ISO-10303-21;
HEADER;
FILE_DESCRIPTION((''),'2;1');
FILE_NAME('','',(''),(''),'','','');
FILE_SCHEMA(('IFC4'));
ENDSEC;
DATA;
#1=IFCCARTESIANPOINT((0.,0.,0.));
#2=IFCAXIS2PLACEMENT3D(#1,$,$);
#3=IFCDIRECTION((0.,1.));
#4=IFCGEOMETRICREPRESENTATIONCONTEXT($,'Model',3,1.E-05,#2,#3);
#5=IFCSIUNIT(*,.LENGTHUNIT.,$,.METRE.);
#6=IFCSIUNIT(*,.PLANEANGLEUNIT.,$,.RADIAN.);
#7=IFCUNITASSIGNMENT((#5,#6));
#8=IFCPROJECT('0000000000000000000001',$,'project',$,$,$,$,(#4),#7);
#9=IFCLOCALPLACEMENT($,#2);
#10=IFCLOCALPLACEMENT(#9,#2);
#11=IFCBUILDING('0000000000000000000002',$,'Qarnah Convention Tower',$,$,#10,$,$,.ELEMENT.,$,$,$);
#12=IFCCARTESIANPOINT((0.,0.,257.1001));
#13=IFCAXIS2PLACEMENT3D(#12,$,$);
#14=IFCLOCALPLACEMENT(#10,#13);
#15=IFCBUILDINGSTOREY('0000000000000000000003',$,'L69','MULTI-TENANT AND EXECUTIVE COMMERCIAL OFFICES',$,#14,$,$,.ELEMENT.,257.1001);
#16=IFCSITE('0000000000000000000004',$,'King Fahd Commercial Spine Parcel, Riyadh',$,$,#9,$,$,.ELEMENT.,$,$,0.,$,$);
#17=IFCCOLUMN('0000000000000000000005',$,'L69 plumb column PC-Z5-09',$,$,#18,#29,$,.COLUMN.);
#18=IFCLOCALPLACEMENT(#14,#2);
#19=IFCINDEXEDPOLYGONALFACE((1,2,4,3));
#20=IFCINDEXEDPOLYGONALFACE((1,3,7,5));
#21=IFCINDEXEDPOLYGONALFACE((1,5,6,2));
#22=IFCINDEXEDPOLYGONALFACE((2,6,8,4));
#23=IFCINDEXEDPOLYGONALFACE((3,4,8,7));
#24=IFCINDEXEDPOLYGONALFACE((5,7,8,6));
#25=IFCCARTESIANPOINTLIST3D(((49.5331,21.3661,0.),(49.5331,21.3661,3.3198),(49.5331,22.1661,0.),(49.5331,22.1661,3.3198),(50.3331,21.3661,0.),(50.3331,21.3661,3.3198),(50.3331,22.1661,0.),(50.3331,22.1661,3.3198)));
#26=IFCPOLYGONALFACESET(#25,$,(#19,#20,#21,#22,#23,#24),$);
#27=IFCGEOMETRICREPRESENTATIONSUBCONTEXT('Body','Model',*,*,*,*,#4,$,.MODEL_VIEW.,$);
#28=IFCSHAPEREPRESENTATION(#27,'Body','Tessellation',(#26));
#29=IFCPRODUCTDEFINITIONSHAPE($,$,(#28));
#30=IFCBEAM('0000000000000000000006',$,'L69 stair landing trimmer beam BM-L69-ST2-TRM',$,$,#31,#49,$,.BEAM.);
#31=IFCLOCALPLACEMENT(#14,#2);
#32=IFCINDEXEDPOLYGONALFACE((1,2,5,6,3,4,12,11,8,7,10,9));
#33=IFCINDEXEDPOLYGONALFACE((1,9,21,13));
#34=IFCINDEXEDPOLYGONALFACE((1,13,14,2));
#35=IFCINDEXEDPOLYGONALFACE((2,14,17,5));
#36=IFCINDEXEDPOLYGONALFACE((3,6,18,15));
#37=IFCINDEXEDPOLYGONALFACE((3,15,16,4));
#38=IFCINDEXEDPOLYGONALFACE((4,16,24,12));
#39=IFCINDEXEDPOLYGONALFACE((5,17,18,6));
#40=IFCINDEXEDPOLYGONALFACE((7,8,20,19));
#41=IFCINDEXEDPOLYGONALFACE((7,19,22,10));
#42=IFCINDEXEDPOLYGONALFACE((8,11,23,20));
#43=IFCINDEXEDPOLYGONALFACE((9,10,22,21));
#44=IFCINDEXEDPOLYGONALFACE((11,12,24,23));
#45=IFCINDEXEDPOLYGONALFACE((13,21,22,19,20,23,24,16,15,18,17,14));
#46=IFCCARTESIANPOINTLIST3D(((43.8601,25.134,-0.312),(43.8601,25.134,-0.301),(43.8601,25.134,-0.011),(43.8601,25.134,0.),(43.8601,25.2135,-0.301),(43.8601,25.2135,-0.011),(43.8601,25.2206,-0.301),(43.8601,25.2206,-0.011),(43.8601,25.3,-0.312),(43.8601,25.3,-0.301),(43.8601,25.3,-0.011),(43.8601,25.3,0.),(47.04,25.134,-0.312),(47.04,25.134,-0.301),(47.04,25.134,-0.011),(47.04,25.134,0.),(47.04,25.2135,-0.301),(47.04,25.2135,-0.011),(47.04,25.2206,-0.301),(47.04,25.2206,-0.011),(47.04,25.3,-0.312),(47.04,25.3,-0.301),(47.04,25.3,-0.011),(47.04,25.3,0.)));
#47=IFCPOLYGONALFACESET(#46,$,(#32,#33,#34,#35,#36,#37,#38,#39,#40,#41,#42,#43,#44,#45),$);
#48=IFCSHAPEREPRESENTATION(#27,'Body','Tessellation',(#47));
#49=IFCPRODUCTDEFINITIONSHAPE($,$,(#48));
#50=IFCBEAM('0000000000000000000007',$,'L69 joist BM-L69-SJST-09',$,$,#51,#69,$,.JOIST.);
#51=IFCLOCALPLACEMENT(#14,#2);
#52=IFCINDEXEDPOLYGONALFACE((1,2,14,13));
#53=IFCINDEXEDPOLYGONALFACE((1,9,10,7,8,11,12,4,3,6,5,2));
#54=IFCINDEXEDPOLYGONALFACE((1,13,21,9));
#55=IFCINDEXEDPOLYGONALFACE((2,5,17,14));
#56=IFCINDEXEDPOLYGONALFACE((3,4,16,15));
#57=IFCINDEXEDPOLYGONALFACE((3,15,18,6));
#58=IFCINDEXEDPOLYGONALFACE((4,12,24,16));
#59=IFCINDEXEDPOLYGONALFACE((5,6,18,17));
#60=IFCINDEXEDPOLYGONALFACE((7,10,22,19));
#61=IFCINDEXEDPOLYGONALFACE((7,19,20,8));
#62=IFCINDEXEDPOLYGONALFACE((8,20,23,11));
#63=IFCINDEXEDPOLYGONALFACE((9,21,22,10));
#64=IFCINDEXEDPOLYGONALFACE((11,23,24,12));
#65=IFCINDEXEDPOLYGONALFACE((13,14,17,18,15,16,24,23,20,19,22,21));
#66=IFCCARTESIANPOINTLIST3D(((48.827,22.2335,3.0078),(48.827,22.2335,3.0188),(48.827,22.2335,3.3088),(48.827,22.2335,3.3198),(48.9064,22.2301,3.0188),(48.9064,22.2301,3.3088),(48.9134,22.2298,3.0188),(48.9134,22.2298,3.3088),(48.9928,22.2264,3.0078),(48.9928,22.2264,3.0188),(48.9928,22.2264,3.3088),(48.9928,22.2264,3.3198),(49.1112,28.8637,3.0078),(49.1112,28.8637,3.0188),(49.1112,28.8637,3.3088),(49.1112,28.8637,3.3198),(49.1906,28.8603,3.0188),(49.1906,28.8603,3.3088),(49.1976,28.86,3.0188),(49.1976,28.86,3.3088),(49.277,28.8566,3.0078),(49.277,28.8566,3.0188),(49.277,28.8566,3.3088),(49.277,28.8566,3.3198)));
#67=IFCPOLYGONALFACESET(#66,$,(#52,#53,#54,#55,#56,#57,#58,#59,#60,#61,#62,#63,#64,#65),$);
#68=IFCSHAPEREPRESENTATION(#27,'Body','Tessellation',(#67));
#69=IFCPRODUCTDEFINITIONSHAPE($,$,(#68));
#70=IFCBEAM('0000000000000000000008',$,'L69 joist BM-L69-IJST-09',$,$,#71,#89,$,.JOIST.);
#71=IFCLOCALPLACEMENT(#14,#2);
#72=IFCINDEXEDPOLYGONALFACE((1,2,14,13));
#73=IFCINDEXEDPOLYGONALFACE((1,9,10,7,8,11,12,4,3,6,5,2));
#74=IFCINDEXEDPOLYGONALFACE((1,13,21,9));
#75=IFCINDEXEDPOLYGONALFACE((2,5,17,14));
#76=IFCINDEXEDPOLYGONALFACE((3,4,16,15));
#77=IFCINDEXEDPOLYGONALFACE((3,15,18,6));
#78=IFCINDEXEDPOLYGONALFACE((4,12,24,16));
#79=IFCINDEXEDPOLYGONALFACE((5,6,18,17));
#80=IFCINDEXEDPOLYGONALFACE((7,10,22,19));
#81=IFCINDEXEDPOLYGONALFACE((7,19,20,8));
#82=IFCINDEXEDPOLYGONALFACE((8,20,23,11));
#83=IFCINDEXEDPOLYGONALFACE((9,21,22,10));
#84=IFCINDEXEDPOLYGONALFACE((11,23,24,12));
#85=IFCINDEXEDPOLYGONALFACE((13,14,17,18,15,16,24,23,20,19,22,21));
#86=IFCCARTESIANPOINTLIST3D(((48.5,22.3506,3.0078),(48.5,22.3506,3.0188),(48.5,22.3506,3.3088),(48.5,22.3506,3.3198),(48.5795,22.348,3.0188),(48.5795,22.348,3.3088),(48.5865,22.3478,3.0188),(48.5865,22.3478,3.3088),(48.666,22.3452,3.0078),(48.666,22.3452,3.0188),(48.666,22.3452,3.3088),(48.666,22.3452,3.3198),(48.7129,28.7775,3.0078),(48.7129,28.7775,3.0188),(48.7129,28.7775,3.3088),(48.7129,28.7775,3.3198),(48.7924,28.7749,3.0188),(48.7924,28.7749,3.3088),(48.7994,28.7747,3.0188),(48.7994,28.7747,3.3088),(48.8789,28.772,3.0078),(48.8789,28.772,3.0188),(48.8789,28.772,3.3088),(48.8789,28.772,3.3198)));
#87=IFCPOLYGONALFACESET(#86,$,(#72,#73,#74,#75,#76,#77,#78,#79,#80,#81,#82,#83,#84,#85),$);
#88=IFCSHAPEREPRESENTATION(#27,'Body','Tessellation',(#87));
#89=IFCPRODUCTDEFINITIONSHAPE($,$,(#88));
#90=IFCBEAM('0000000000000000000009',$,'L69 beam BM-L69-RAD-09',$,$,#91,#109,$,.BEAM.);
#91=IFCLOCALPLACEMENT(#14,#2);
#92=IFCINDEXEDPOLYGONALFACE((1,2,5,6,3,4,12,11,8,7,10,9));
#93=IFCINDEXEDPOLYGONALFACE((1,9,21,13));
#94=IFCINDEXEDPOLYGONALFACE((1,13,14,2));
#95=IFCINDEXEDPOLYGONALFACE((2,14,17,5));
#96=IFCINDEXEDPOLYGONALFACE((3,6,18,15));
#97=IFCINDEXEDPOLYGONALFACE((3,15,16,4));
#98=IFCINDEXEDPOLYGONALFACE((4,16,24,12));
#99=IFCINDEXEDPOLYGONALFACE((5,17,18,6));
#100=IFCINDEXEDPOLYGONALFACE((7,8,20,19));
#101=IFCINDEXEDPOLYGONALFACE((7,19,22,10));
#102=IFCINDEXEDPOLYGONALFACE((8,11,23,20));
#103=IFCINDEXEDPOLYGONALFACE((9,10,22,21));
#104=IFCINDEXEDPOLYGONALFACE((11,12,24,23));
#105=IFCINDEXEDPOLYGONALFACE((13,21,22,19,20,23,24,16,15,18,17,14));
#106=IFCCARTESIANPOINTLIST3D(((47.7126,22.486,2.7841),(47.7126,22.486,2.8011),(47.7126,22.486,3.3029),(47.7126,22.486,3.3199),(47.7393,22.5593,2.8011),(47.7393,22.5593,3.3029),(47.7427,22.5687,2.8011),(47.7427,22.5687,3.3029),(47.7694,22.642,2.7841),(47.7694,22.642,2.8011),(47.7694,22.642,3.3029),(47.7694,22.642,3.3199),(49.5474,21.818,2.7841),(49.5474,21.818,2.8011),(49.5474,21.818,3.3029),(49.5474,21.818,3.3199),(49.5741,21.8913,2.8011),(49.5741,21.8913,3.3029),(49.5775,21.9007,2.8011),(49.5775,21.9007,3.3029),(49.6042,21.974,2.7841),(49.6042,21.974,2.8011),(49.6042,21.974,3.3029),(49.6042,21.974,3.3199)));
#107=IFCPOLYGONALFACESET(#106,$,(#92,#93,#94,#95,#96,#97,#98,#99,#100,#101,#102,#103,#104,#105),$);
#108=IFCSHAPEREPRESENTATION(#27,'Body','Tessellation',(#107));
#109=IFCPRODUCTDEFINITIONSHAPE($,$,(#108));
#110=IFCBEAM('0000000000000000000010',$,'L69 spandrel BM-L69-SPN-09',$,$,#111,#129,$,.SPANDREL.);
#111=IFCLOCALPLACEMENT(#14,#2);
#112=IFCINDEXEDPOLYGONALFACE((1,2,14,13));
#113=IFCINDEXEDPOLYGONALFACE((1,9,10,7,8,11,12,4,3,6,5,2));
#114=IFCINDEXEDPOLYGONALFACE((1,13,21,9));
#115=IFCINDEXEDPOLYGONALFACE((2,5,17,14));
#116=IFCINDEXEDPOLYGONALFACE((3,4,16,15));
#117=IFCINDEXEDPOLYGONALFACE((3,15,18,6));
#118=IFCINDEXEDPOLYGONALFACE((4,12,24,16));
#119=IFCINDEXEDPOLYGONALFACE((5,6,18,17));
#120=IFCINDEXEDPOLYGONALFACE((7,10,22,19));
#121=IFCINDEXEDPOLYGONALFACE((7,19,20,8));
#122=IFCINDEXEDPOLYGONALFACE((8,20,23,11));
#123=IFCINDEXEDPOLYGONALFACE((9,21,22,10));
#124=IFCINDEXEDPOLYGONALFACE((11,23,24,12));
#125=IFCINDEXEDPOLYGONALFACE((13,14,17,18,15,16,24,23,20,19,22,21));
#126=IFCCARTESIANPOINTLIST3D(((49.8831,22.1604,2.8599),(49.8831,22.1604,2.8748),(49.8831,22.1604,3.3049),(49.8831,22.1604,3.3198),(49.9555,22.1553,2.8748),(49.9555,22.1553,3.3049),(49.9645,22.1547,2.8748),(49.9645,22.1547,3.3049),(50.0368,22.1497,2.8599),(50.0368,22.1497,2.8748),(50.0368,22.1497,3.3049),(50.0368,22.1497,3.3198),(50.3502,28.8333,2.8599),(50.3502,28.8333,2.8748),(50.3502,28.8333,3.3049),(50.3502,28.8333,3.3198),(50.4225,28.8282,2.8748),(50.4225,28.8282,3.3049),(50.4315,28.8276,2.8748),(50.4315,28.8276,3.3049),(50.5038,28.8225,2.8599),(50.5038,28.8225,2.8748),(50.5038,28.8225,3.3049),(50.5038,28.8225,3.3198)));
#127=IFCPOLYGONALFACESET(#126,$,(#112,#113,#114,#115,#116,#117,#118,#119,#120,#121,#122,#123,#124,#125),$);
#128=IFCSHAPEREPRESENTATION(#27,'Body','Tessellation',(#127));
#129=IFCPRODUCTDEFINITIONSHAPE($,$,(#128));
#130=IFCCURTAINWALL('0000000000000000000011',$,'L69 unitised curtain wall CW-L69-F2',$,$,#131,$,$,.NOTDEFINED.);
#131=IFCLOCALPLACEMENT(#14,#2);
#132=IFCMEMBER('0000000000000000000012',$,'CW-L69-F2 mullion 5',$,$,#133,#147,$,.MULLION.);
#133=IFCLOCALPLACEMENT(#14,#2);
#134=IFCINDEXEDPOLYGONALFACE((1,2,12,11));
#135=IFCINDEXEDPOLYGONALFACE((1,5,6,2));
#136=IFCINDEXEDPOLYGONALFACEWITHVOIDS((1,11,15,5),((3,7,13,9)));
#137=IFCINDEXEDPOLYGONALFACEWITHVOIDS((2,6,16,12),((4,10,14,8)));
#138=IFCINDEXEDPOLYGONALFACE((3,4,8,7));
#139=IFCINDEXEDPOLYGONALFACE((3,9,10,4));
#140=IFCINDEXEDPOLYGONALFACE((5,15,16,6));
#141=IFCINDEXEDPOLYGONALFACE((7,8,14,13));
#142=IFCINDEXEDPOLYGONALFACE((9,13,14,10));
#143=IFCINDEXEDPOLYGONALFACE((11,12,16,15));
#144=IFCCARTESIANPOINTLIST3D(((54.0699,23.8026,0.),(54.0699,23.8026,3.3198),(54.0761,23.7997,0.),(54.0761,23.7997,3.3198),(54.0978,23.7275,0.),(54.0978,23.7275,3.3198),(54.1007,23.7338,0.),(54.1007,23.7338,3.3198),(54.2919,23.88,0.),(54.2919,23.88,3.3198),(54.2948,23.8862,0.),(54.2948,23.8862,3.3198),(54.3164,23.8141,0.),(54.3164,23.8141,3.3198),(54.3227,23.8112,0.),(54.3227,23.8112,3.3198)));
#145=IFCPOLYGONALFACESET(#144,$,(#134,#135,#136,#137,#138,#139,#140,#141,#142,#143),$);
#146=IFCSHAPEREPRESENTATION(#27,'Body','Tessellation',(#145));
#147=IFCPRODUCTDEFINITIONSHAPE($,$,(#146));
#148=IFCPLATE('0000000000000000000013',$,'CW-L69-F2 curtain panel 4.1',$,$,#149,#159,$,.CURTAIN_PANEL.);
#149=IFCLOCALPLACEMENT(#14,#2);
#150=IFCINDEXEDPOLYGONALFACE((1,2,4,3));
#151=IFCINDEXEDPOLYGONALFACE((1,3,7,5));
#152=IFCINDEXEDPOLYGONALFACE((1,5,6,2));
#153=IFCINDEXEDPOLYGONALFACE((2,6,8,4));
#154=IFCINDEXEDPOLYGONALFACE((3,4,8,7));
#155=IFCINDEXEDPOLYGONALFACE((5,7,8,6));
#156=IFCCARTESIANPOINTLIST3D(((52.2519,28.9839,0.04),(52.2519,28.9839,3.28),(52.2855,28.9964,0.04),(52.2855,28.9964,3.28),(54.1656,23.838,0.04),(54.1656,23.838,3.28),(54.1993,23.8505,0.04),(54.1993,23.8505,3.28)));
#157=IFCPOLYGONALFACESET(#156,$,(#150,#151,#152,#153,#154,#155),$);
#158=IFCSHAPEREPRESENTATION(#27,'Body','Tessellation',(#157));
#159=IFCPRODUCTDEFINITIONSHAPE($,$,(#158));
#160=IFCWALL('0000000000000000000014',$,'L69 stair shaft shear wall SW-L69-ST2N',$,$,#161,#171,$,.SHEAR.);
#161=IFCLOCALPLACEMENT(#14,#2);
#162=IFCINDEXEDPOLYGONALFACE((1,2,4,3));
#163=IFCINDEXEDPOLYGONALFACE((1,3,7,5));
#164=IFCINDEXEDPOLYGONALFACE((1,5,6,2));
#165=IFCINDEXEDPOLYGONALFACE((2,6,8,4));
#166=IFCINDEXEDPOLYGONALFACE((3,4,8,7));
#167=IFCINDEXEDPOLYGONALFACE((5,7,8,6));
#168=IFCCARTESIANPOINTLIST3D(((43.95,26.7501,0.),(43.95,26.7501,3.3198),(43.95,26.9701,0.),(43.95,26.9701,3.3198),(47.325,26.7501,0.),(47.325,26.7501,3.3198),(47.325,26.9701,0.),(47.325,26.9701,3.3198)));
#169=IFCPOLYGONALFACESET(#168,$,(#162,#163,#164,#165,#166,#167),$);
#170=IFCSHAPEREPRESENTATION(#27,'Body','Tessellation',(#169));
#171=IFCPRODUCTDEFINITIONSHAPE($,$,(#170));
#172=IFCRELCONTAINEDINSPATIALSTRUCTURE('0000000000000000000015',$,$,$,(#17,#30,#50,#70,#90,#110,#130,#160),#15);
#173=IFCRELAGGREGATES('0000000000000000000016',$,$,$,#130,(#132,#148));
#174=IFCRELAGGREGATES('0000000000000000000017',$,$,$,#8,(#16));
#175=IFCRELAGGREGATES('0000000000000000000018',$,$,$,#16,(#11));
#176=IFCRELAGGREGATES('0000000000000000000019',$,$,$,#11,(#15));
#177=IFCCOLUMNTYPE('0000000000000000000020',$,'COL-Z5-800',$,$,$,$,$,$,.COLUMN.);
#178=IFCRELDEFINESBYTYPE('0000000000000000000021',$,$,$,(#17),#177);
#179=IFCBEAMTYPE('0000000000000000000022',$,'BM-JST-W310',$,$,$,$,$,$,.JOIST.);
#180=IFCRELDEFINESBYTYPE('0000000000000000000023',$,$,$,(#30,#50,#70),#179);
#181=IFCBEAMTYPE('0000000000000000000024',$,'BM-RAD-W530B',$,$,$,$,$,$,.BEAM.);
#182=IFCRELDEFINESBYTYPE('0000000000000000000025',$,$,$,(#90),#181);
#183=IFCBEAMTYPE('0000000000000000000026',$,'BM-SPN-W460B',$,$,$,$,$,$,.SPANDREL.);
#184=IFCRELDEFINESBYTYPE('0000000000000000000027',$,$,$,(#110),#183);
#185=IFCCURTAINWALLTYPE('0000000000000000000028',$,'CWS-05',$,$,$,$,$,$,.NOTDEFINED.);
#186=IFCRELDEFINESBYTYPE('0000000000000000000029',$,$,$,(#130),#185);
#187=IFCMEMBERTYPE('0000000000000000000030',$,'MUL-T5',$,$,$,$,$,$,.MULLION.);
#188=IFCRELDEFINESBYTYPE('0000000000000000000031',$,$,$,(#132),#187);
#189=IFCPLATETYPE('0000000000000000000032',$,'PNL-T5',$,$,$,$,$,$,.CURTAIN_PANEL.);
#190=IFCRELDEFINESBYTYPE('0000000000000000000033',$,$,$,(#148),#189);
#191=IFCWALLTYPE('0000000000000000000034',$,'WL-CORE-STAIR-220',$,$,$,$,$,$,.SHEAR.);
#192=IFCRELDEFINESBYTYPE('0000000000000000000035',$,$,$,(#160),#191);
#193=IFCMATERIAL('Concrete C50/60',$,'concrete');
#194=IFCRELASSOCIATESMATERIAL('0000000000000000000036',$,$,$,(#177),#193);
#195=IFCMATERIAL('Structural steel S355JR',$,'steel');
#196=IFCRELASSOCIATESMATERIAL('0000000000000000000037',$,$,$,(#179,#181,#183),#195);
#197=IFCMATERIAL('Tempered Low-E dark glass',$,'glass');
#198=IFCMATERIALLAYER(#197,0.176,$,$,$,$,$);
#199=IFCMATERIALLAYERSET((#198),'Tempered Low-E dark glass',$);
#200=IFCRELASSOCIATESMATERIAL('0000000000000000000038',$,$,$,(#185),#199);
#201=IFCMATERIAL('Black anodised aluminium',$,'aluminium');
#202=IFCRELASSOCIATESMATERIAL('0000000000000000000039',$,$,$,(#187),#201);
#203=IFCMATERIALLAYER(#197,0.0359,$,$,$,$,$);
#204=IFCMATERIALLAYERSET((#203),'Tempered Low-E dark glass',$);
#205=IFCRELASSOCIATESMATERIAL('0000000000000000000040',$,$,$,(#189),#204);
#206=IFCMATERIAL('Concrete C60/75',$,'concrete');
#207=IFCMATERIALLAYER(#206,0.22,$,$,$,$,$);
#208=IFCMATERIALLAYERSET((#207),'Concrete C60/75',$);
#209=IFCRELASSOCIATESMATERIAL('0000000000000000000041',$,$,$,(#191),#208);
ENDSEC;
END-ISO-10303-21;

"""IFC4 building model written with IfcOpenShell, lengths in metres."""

from ifc_helpers import new_model, si_unit, direction, frame, frame_2d, origin, origin_2d, place, context, subcontext, project, spatial, rectangle, hollow_rectangle, i_section, extrude, material, layer, layer_set, material_profile, profile_set, type_object, element, aggregate, save


model = new_model("IFC4")

# Units and contexts
model_context = context("Model", 3, precision=1e-05, world=origin(), true_north=direction((0.0, 1.0)))
body_context = subcontext(model_context, "Body", "Model", "MODEL_VIEW")
ifc_project = project(units=[si_unit("LENGTHUNIT", "METRE"), si_unit("PLANEANGLEUNIT", "RADIAN")], contexts=[model_context])

# Site, building, storey
site_placement = place(None, origin())
site = spatial("IfcSite", under=ifc_project, at=site_placement, Name="King Fahd Commercial Spine Parcel, Riyadh", CompositionType="ELEMENT", RefElevation=0.0)
building_placement = place(site_placement, origin())
building = spatial("IfcBuilding", under=site, at=building_placement, Name="Qarnah Convention Tower", CompositionType="ELEMENT")
storey_placement = place(building_placement, frame((0.0, 0.0, 257.1001)))
storey = spatial("IfcBuildingStorey", under=building, at=storey_placement, Name="L69", Description="MULTI-TENANT AND EXECUTIVE COMMERCIAL OFFICES", CompositionType="ELEMENT", Elevation=257.1001)

# Column
ifc_material_1 = material(Name="Concrete C50/60", Category="concrete")
ifc_material_profile_1 = material_profile(ifc_material_1, rectangle(XDim=0.8, YDim=0.8, at=origin_2d()), Name="RC-COL-800X800")
ifc_profile_set_1 = profile_set([ifc_material_profile_1], Name="Concrete C50/60")
column_type = type_object("IfcColumnType", Name="COL-Z5-800", PredefinedType="COLUMN", material=ifc_profile_set_1)
column_placement = place(storey_placement, frame((49.9331, 21.7661, 0.0), z_axis=(0.0, 0.0, 1.0), x_axis=(1.0, 0.0, 0.0)))
element("IfcColumn", 1, at=column_placement, inside=storey, type_object=column_type, Name="L69 plumb column PC-Z5-09", PredefinedType="COLUMN", context=body_context, shape_type="SweptSolid", body=[
    extrude(rectangle(XDim=0.8, YDim=0.8, at=origin_2d()), origin(), (0.0, 0.0, 1.0), 3.3198),
])

# Beams
ifc_material_2 = material(Name="Structural steel S355JR", Category="steel")
ifc_material_profile_2 = material_profile(ifc_material_2, i_section(OverallWidth=0.166, OverallDepth=0.312, WebThickness=0.0071, FlangeThickness=0.011, at=origin_2d()), Name="W310X45")
ifc_profile_set_2 = profile_set([ifc_material_profile_2], Name="Structural steel S355JR")
beam_type_1 = type_object("IfcBeamType", Name="BM-JST-W310", PredefinedType="JOIST", material=ifc_profile_set_2)
beam_1_placement = place(storey_placement, frame((43.8601, 25.217, -0.156), z_axis=(1.0, 0.0, 0.0), x_axis=(0.0, 1.0, 0.0)))
element("IfcBeam", 2, at=beam_1_placement, inside=storey, type_object=beam_type_1, Name="L69 stair landing trimmer beam BM-L69-ST2-TRM", PredefinedType="BEAM", context=body_context, shape_type="SweptSolid", body=[
    extrude(i_section(OverallWidth=0.166, OverallDepth=0.312, WebThickness=0.0071, FlangeThickness=0.011, at=origin_2d()), origin(), (0.0, 0.0, 1.0), 3.1799),
])
beam_2_placement = place(storey_placement, frame((48.9099, 22.23, 3.1638), z_axis=(0.042823, 0.999083, 0.0), x_axis=(-0.999083, 0.042823, 0.0)))
element("IfcBeam", 3, at=beam_2_placement, inside=storey, type_object=beam_type_1, Name="L69 joist BM-L69-SJST-09", PredefinedType="JOIST", context=body_context, shape_type="SweptSolid", body=[
    extrude(i_section(OverallWidth=0.166, OverallDepth=0.312, WebThickness=0.0071, FlangeThickness=0.011, at=origin_2d()), origin(), (0.0, 0.0, 1.0), 6.6362),
])
beam_3_placement = place(storey_placement, frame((48.583, 22.3479, 3.1638), z_axis=(0.033106, 0.999452, 0.0), x_axis=(-0.999452, 0.033106, 0.0)))
element("IfcBeam", 4, at=beam_3_placement, inside=storey, type_object=beam_type_1, Name="L69 joist BM-L69-IJST-09", PredefinedType="JOIST", context=body_context, shape_type="SweptSolid", body=[
    extrude(i_section(OverallWidth=0.166, OverallDepth=0.312, WebThickness=0.0071, FlangeThickness=0.011, at=origin_2d()), origin(), (0.0, 0.0, 1.0), 6.4304),
])
ifc_material_profile_3 = material_profile(ifc_material_2, i_section(OverallWidth=0.166, OverallDepth=0.5359, WebThickness=0.01, FlangeThickness=0.0171, at=origin_2d()), Name="W530X85")
ifc_profile_set_3 = profile_set([ifc_material_profile_3], Name="Structural steel S355JR")
beam_type_2 = type_object("IfcBeamType", Name="BM-RAD-W530B", PredefinedType="BEAM", material=ifc_profile_set_3)
beam_4_placement = place(storey_placement, frame((47.741, 22.564, 3.052), z_axis=(0.939677, -0.342064, 0.0), x_axis=(0.342064, 0.939677, 0.0)))
element("IfcBeam", 5, at=beam_4_placement, inside=storey, type_object=beam_type_2, Name="L69 beam BM-L69-RAD-09", PredefinedType="BEAM", context=body_context, shape_type="SweptSolid", body=[
    extrude(i_section(OverallWidth=0.166, OverallDepth=0.5359, WebThickness=0.01, FlangeThickness=0.0171, at=origin_2d()), origin(), (0.0, 0.0, 1.0), 1.9526),
])
ifc_material_profile_4 = material_profile(ifc_material_2, i_section(OverallWidth=0.1541, OverallDepth=0.46, WebThickness=0.009, FlangeThickness=0.0149, at=origin_2d()), Name="W460X68")
ifc_profile_set_4 = profile_set([ifc_material_profile_4], Name="Structural steel S355JR")
beam_type_3 = type_object("IfcBeamType", Name="BM-SPN-W460B", PredefinedType="SPANDREL", material=ifc_profile_set_4)
beam_5_placement = place(storey_placement, frame((49.96, 22.155, 3.0898), z_axis=(0.06982, 0.99756, 0.0), x_axis=(-0.99756, 0.06982, 0.0)))
element("IfcBeam", 6, at=beam_5_placement, inside=storey, type_object=beam_type_3, Name="L69 spandrel BM-L69-SPN-09", PredefinedType="SPANDREL", context=body_context, shape_type="SweptSolid", body=[
    extrude(i_section(OverallWidth=0.1541, OverallDepth=0.46, WebThickness=0.009, FlangeThickness=0.0149, at=origin_2d()), origin(), (0.0, 0.0, 1.0), 6.6892),
])

# Curtain wall, member, plate
ifc_material_3 = material(Name="Tempered Low-E dark glass", Category="glass")
ifc_layer_1 = layer(ifc_material_3, 0.176)
ifc_layer_set_1 = layer_set([ifc_layer_1], Name="Tempered Low-E dark glass")
curtain_wall_type = type_object("IfcCurtainWallType", Name="CWS-05", PredefinedType="NOTDEFINED", material=ifc_layer_set_1)
curtain_wall_placement = place(storey_placement, origin())
curtain_wall = element("IfcCurtainWall", 7, at=curtain_wall_placement, inside=storey, type_object=curtain_wall_type, Name="L69 unitised curtain wall CW-L69-F2", PredefinedType="NOTDEFINED")
ifc_material_4 = material(Name="Black anodised aluminium", Category="aluminium")
ifc_material_profile_5 = material_profile(ifc_material_4, hollow_rectangle(XDim=0.0801, YDim=0.24, WallThickness=0.0049, at=origin_2d()), Name="MUL-80X240")
ifc_profile_set_5 = profile_set([ifc_material_profile_5], Name="Black anodised aluminium")
member_type = type_object("IfcMemberType", Name="MUL-T5", PredefinedType="MULLION", material=ifc_profile_set_5)
member_placement = place(storey_placement, frame((54.1963, 23.8069, 0.0), z_axis=(0.0, 0.0, 1.0), x_axis=(0.348572, -0.937282, 0.0)))
member = element("IfcMember", 8, at=member_placement, type_object=member_type, Name="CW-L69-F2 mullion 5", PredefinedType="MULLION", context=body_context, shape_type="SweptSolid", body=[
    extrude(hollow_rectangle(XDim=0.0801, YDim=0.24, WallThickness=0.0049, at=origin_2d()), origin(), (0.0, 0.0, 1.0), 3.3198),
])
ifc_layer_2 = layer(ifc_material_3, 0.0359)
ifc_layer_set_2 = layer_set([ifc_layer_2], Name="Tempered Low-E dark glass")
plate_type = type_object("IfcPlateType", Name="PNL-T5", PredefinedType="CURTAIN_PANEL", material=ifc_layer_set_2)
plate_placement = place(storey_placement, frame((53.2256, 26.4172, 0.04), z_axis=(0.0, 0.0, 1.0), x_axis=(0.348572, -0.937282, 0.0)))
plate = element("IfcPlate", 9, at=plate_placement, type_object=plate_type, Name="CW-L69-F2 curtain panel 4.1", PredefinedType="CURTAIN_PANEL", context=body_context, shape_type="SweptSolid", body=[
    extrude(rectangle(XDim=5.4902, YDim=0.0359, at=origin_2d()), origin(), (0.0, 0.0, 1.0), 3.24),
])
aggregate(curtain_wall, [member, plate])

# Wall
ifc_material_5 = material(Name="Concrete C60/75", Category="concrete")
ifc_layer_3 = layer(ifc_material_5, 0.22)
ifc_layer_set_3 = layer_set([ifc_layer_3], Name="Concrete C60/75")
wall_type_1 = type_object("IfcWallType", Name="WL-CORE-STAIR-220", PredefinedType="SHEAR", material=ifc_layer_set_3)
wall_1_placement = place(storey_placement, frame((43.95, 26.8601, 0.0), z_axis=(0.0, 0.0, 1.0), x_axis=(1.0, 0.0, 0.0)))
element("IfcWall", 10, at=wall_1_placement, inside=storey, type_object=wall_type_1, Name="L69 stair shaft shear wall SW-L69-ST2N", PredefinedType="SHEAR", context=body_context, shape_type="SweptSolid", body=[
    extrude(rectangle(XDim=3.375, YDim=0.22, at=frame_2d((1.6875, 0.0))), origin(), (0.0, 0.0, 1.0), 3.3198),
])

save(model, "model.ifc")
